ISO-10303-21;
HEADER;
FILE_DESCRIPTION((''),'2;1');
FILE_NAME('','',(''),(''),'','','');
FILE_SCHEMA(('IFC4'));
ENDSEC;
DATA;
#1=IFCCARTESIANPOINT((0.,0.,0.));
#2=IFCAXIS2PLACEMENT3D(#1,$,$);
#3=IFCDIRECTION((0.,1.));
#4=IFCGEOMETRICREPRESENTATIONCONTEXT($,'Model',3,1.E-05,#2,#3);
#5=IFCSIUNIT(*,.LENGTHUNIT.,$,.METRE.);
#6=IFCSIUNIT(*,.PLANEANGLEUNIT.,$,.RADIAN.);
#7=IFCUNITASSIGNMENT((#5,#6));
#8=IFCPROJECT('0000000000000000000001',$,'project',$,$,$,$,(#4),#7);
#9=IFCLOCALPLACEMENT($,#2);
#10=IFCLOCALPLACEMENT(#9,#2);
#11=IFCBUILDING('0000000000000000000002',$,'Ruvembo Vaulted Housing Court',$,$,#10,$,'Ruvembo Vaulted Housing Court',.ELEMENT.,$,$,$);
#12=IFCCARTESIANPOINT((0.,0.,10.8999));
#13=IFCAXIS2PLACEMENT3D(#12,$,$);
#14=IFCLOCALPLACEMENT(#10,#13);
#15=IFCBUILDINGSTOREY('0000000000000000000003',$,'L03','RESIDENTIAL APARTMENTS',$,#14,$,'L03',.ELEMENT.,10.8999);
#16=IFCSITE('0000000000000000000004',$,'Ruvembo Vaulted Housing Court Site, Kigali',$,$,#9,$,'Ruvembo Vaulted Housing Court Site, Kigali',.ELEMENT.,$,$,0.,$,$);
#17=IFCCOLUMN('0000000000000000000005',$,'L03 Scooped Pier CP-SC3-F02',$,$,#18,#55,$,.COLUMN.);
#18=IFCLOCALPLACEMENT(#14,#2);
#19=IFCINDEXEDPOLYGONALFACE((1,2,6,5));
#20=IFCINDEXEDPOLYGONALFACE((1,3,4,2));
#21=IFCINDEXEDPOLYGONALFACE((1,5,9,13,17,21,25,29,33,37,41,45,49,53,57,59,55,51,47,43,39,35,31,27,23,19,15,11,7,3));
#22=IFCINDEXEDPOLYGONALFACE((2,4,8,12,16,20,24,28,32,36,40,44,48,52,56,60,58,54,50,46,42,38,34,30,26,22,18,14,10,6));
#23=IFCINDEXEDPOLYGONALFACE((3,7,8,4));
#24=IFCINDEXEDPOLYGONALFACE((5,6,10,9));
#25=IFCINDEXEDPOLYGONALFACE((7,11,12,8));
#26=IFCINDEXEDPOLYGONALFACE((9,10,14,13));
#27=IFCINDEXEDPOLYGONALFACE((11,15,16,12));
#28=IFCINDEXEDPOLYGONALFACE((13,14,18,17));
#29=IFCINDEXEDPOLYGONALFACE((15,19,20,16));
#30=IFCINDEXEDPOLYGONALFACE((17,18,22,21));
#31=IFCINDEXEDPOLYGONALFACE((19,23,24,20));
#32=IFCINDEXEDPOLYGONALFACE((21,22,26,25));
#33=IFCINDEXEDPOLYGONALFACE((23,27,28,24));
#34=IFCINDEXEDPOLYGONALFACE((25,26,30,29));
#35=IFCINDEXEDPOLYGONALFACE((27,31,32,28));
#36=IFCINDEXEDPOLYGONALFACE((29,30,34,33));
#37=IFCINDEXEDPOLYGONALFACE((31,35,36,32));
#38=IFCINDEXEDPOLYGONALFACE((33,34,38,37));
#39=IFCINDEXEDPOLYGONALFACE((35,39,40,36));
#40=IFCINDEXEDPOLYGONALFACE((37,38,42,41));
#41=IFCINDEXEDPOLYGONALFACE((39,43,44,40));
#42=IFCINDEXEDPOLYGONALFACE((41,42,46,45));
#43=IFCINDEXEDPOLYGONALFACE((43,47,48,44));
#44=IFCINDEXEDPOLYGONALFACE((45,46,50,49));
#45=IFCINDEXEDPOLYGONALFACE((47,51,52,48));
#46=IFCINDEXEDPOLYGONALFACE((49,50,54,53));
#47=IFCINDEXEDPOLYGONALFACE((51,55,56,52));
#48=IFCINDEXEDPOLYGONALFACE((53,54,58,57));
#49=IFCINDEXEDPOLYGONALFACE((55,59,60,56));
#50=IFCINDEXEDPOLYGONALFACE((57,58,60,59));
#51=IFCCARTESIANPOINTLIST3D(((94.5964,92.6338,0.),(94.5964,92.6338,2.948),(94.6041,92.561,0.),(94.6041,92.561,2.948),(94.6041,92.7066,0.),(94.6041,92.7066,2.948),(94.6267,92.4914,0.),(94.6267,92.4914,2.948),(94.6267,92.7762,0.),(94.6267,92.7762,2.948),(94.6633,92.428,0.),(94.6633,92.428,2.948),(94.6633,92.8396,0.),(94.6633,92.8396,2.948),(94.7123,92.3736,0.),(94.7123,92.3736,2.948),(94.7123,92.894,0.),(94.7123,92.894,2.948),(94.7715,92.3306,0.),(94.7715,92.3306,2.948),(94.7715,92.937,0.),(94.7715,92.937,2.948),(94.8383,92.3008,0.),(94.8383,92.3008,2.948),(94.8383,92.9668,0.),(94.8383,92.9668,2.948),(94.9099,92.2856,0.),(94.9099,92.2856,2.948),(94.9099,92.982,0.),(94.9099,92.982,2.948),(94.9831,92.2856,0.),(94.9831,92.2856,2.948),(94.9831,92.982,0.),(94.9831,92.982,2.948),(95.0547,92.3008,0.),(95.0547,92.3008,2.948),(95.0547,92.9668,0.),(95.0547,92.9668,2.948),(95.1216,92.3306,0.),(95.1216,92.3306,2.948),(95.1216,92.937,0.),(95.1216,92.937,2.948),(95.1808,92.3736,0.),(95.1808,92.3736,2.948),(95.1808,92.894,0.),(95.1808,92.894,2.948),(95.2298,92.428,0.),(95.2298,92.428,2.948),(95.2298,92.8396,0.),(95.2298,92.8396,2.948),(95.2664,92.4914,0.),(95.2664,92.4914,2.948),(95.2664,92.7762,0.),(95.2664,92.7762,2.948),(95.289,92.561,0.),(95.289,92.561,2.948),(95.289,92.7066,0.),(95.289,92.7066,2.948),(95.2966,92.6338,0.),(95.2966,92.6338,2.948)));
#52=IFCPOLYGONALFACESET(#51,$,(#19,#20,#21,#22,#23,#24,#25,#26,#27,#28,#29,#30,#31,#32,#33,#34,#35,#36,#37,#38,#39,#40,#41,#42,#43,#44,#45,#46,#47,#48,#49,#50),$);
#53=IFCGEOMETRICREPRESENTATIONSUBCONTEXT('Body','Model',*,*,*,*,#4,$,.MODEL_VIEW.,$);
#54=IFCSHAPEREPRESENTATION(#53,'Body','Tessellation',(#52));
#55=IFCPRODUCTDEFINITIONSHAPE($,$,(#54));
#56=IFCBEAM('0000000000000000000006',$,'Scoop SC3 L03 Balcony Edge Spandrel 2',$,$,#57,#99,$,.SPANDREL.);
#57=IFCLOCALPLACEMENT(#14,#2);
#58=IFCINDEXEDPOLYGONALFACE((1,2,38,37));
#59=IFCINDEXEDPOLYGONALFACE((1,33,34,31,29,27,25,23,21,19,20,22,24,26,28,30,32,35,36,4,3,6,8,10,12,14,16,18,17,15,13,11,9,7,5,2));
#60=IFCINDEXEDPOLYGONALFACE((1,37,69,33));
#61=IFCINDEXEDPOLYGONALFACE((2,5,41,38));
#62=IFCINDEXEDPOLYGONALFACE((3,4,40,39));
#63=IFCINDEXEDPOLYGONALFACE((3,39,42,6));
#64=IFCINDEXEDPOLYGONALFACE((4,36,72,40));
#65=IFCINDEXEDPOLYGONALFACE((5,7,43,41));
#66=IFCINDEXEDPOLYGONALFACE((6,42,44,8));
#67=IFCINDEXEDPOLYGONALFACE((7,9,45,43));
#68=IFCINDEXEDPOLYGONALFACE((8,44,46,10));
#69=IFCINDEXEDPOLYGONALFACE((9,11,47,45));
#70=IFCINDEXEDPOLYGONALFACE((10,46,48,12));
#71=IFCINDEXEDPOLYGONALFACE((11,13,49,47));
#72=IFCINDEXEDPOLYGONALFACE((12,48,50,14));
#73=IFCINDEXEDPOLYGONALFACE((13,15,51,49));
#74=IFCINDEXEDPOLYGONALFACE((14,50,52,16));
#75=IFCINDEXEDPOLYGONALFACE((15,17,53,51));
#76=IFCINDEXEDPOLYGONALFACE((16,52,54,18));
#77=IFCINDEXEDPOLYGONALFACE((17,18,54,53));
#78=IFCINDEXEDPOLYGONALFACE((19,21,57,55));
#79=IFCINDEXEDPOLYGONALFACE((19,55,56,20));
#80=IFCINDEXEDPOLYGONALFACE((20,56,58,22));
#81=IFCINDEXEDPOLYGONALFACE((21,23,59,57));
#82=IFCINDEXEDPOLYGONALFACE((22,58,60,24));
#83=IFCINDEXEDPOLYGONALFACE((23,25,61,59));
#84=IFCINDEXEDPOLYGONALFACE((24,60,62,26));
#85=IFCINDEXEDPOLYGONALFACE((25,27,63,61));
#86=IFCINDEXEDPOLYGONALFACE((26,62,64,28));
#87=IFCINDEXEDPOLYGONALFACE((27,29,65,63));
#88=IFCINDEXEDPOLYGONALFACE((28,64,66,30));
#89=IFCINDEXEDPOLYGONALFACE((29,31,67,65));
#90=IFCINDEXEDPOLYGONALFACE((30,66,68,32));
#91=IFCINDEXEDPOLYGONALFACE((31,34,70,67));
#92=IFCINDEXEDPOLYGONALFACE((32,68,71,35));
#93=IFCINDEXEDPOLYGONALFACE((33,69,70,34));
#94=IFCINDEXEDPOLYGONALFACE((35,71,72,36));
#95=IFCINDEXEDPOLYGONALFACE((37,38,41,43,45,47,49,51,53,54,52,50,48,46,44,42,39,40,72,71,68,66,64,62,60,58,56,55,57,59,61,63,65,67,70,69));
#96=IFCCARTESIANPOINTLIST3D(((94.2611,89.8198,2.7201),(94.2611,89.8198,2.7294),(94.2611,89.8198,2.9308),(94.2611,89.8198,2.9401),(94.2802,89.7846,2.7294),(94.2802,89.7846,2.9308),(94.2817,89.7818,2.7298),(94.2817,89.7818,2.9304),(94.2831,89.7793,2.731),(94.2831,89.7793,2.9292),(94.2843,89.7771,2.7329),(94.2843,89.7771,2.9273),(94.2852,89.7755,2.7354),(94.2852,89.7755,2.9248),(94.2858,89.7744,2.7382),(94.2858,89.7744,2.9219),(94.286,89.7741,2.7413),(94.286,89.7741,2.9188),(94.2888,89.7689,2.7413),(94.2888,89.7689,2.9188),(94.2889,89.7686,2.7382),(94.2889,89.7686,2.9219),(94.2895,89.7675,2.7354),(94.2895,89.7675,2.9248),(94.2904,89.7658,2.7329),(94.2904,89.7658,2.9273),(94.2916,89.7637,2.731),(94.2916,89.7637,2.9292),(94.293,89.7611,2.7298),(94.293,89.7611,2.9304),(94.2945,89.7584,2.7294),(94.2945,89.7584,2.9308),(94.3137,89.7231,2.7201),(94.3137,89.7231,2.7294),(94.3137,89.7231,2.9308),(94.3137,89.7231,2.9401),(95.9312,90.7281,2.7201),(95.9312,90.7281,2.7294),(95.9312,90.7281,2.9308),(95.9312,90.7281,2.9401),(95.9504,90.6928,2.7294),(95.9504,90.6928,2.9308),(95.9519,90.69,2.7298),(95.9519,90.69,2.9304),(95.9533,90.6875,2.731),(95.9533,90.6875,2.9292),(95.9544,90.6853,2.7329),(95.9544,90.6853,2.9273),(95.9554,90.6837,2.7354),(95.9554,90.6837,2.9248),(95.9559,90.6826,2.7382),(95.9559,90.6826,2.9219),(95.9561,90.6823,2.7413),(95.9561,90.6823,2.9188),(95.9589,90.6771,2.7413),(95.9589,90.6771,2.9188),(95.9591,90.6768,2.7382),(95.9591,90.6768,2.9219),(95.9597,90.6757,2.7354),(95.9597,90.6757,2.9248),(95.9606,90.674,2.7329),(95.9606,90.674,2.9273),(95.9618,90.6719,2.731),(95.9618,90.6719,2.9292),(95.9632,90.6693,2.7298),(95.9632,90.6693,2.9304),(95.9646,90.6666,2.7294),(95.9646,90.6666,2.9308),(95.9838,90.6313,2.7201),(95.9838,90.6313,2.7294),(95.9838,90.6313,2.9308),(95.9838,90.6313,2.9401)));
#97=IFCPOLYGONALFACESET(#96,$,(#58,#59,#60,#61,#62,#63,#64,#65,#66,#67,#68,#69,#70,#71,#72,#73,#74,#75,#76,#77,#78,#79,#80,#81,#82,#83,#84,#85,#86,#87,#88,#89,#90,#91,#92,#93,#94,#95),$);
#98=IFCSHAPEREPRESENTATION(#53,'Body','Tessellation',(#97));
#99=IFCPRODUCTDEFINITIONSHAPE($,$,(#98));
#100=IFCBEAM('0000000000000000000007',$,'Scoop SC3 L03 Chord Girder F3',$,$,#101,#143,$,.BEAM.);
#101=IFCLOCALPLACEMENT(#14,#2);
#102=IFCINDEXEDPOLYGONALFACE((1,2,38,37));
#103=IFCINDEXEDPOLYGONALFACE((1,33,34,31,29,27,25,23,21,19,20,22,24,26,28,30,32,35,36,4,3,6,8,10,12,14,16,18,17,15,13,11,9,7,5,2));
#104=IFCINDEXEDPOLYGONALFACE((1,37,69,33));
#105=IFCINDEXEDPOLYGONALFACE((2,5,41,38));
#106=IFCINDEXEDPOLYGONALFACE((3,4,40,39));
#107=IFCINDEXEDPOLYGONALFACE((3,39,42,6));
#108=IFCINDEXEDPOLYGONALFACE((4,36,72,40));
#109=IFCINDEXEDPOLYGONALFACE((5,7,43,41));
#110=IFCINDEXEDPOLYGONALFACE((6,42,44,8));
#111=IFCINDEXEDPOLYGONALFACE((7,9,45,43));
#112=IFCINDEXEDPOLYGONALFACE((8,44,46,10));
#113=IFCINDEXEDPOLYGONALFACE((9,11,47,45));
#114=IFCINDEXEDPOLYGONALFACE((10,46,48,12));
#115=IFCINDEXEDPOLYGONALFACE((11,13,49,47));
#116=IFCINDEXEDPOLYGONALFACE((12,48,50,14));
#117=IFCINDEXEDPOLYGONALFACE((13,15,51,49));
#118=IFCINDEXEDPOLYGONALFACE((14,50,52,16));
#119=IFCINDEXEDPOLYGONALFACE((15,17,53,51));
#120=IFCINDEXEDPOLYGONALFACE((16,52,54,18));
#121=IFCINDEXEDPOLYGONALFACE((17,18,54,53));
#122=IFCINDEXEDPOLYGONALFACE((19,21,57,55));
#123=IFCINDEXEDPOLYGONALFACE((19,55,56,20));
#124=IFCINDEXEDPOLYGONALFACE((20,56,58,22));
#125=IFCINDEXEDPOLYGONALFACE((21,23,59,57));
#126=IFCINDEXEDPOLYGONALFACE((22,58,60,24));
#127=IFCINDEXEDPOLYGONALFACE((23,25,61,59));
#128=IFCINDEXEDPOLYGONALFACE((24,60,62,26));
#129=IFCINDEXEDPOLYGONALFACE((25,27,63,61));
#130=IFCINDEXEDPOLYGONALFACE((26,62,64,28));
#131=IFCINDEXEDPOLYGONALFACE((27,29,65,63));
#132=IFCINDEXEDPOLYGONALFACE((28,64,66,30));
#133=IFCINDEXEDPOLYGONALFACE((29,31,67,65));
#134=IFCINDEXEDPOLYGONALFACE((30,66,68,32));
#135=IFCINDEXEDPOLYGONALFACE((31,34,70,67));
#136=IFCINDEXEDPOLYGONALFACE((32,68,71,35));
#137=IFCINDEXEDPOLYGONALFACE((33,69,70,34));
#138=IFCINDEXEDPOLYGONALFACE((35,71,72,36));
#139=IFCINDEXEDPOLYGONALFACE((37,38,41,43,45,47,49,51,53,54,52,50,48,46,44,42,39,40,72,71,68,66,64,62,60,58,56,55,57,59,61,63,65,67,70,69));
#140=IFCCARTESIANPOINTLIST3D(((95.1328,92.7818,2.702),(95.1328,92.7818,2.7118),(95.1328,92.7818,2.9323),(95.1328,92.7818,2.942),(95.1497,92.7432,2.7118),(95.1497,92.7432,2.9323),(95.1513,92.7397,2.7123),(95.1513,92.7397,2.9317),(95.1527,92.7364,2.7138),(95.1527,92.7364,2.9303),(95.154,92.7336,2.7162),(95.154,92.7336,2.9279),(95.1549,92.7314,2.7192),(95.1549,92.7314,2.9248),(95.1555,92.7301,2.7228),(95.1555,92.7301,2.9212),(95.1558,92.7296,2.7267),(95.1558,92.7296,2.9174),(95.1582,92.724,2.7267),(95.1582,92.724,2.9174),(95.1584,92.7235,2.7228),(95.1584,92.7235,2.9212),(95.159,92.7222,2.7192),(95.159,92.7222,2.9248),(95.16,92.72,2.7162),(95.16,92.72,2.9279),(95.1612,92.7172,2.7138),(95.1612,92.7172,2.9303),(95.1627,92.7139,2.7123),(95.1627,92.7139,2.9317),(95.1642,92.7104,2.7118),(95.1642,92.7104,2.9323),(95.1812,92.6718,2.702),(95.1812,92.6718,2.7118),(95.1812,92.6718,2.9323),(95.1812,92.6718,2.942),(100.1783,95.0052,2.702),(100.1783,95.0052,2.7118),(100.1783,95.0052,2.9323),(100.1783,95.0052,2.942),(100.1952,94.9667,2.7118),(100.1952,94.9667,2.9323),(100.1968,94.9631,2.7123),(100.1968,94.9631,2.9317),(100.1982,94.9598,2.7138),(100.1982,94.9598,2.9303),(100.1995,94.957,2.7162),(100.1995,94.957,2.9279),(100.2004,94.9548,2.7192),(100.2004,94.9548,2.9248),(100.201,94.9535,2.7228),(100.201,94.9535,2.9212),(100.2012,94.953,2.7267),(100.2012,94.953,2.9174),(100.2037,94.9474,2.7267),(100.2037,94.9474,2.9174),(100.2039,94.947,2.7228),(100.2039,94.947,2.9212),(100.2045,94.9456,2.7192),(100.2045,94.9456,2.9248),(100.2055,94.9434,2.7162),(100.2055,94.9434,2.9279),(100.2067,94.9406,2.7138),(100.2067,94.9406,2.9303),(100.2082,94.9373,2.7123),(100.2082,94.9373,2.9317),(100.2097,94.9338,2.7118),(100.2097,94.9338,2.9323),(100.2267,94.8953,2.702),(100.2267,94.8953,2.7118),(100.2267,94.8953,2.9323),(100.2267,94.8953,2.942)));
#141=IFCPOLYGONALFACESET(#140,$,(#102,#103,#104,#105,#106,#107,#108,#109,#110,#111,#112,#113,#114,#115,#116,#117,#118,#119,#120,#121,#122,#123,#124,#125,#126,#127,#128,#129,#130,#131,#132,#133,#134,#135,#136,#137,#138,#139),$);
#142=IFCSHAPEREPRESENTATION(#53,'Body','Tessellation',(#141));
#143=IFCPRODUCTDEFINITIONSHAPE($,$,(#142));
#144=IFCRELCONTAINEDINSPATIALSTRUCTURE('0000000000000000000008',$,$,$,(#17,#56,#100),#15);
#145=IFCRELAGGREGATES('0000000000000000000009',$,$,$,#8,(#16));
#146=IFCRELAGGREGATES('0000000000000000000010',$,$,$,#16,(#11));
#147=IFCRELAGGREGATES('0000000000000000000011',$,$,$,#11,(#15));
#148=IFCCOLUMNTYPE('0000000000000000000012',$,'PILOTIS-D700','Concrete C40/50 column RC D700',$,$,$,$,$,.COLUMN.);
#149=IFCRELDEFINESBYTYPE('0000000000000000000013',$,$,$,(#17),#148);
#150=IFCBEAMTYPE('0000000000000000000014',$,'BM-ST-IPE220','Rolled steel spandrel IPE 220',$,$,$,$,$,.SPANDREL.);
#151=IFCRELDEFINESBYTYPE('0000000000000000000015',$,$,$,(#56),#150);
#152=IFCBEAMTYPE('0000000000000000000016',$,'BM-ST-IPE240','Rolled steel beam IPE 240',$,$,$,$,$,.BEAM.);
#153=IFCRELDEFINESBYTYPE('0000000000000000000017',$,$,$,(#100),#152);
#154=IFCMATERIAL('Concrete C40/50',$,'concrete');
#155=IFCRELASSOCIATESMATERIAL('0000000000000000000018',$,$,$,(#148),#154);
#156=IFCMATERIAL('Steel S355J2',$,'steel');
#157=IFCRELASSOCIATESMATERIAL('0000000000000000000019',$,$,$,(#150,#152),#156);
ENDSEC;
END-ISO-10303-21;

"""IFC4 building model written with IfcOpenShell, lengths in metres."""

from ifc_helpers import new_model, si_unit, direction, frame, origin, origin_2d, place, context, subcontext, project, spatial, circle, i_section, extrude, material, material_profile, profile_set, type_object, element, save


model = new_model("IFC4")

# Units and contexts
model_context = context("Model", 3, precision=1e-05, world=origin(), true_north=direction((0.0, 1.0)))
body_context = subcontext(model_context, "Body", "Model", "MODEL_VIEW")
ifc_project = project(units=[si_unit("LENGTHUNIT", "METRE"), si_unit("PLANEANGLEUNIT", "RADIAN")], contexts=[model_context])

# Site, building, storey
site_placement = place(None, origin())
site = spatial("IfcSite", under=ifc_project, at=site_placement, Name="Ruvembo Vaulted Housing Court Site, Kigali", LongName="Ruvembo Vaulted Housing Court Site, Kigali", CompositionType="ELEMENT", RefElevation=0.0)
building_placement = place(site_placement, origin())
building = spatial("IfcBuilding", under=site, at=building_placement, Name="Ruvembo Vaulted Housing Court", LongName="Ruvembo Vaulted Housing Court", CompositionType="ELEMENT")
storey_placement = place(building_placement, frame((0.0, 0.0, 10.8999)))
storey = spatial("IfcBuildingStorey", under=building, at=storey_placement, Name="L03", Description="RESIDENTIAL APARTMENTS", LongName="L03", CompositionType="ELEMENT", Elevation=10.8999)

# Column
ifc_material_1 = material(Name="Concrete C40/50", Category="concrete")
ifc_material_profile_1 = material_profile(ifc_material_1, circle(Radius=0.3501, at=origin_2d()), Name="RC D700")
ifc_profile_set_1 = profile_set([ifc_material_profile_1], Name="Concrete C40/50")
column_type = type_object("IfcColumnType", Name="PILOTIS-D700", Description="Concrete C40/50 column RC D700", PredefinedType="COLUMN", material=ifc_profile_set_1)
column_placement = place(storey_placement, frame((94.9465, 92.6338, 0.0), z_axis=(0.0, 0.0, 1.0), x_axis=(1.0, 0.0, 0.0)))
element("IfcColumn", 1, at=column_placement, inside=storey, type_object=column_type, Name="L03 Scooped Pier CP-SC3-F02", PredefinedType="COLUMN", context=body_context, shape_type="SweptSolid", body=[
    extrude(circle(Radius=0.3501, at=origin_2d()), origin(), (0.0, 0.0, 1.0), 2.948),
])

# Beams
ifc_material_2 = material(Name="Steel S355J2", Category="steel")
ifc_material_profile_2 = material_profile(ifc_material_2, i_section(OverallWidth=0.1101, OverallDepth=0.22, WebThickness=0.0059, FlangeThickness=0.0093, FilletRadius=0.012, at=origin_2d()), Name="IPE 220")
ifc_profile_set_2 = profile_set([ifc_material_profile_2], Name="Steel S355J2")
beam_type_1 = type_object("IfcBeamType", Name="BM-ST-IPE220", Description="Rolled steel spandrel IPE 220", PredefinedType="SPANDREL", material=ifc_profile_set_2)
beam_1_placement = place(storey_placement, frame((94.2874, 89.7715, 2.8301), z_axis=(0.878513, 0.477718, 0.0), x_axis=(-0.477718, 0.878513, 0.0)))
element("IfcBeam", 2, at=beam_1_placement, inside=storey, type_object=beam_type_1, Name="Scoop SC3 L03 Balcony Edge Spandrel 2", PredefinedType="SPANDREL", context=body_context, shape_type="SweptSolid", body=[
    extrude(i_section(OverallWidth=0.1101, OverallDepth=0.22, WebThickness=0.0059, FlangeThickness=0.0093, FilletRadius=0.012, at=origin_2d()), origin(), (0.0, 0.0, 1.0), 1.9011),
])
ifc_material_profile_3 = material_profile(ifc_material_2, i_section(OverallWidth=0.1201, OverallDepth=0.24, WebThickness=0.0061, FlangeThickness=0.0098, FilletRadius=0.0149, at=origin_2d()), Name="IPE 240")
ifc_profile_set_3 = profile_set([ifc_material_profile_3], Name="Steel S355J2")
beam_type_2 = type_object("IfcBeamType", Name="BM-ST-IPE240", Description="Rolled steel beam IPE 240", PredefinedType="BEAM", material=ifc_profile_set_3)
beam_2_placement = place(storey_placement, frame((95.157, 92.7268, 2.822), z_axis=(0.915087, 0.403256, 0.0), x_axis=(-0.403256, 0.915087, 0.0)))
element("IfcBeam", 3, at=beam_2_placement, inside=storey, type_object=beam_type_2, Name="Scoop SC3 L03 Chord Girder F3", PredefinedType="BEAM", context=body_context, shape_type="SweptSolid", body=[
    extrude(i_section(OverallWidth=0.1201, OverallDepth=0.24, WebThickness=0.0061, FlangeThickness=0.0098, FilletRadius=0.0149, at=origin_2d()), origin(), (0.0, 0.0, 1.0), 5.5137),
])

save(model, "model.ifc")
